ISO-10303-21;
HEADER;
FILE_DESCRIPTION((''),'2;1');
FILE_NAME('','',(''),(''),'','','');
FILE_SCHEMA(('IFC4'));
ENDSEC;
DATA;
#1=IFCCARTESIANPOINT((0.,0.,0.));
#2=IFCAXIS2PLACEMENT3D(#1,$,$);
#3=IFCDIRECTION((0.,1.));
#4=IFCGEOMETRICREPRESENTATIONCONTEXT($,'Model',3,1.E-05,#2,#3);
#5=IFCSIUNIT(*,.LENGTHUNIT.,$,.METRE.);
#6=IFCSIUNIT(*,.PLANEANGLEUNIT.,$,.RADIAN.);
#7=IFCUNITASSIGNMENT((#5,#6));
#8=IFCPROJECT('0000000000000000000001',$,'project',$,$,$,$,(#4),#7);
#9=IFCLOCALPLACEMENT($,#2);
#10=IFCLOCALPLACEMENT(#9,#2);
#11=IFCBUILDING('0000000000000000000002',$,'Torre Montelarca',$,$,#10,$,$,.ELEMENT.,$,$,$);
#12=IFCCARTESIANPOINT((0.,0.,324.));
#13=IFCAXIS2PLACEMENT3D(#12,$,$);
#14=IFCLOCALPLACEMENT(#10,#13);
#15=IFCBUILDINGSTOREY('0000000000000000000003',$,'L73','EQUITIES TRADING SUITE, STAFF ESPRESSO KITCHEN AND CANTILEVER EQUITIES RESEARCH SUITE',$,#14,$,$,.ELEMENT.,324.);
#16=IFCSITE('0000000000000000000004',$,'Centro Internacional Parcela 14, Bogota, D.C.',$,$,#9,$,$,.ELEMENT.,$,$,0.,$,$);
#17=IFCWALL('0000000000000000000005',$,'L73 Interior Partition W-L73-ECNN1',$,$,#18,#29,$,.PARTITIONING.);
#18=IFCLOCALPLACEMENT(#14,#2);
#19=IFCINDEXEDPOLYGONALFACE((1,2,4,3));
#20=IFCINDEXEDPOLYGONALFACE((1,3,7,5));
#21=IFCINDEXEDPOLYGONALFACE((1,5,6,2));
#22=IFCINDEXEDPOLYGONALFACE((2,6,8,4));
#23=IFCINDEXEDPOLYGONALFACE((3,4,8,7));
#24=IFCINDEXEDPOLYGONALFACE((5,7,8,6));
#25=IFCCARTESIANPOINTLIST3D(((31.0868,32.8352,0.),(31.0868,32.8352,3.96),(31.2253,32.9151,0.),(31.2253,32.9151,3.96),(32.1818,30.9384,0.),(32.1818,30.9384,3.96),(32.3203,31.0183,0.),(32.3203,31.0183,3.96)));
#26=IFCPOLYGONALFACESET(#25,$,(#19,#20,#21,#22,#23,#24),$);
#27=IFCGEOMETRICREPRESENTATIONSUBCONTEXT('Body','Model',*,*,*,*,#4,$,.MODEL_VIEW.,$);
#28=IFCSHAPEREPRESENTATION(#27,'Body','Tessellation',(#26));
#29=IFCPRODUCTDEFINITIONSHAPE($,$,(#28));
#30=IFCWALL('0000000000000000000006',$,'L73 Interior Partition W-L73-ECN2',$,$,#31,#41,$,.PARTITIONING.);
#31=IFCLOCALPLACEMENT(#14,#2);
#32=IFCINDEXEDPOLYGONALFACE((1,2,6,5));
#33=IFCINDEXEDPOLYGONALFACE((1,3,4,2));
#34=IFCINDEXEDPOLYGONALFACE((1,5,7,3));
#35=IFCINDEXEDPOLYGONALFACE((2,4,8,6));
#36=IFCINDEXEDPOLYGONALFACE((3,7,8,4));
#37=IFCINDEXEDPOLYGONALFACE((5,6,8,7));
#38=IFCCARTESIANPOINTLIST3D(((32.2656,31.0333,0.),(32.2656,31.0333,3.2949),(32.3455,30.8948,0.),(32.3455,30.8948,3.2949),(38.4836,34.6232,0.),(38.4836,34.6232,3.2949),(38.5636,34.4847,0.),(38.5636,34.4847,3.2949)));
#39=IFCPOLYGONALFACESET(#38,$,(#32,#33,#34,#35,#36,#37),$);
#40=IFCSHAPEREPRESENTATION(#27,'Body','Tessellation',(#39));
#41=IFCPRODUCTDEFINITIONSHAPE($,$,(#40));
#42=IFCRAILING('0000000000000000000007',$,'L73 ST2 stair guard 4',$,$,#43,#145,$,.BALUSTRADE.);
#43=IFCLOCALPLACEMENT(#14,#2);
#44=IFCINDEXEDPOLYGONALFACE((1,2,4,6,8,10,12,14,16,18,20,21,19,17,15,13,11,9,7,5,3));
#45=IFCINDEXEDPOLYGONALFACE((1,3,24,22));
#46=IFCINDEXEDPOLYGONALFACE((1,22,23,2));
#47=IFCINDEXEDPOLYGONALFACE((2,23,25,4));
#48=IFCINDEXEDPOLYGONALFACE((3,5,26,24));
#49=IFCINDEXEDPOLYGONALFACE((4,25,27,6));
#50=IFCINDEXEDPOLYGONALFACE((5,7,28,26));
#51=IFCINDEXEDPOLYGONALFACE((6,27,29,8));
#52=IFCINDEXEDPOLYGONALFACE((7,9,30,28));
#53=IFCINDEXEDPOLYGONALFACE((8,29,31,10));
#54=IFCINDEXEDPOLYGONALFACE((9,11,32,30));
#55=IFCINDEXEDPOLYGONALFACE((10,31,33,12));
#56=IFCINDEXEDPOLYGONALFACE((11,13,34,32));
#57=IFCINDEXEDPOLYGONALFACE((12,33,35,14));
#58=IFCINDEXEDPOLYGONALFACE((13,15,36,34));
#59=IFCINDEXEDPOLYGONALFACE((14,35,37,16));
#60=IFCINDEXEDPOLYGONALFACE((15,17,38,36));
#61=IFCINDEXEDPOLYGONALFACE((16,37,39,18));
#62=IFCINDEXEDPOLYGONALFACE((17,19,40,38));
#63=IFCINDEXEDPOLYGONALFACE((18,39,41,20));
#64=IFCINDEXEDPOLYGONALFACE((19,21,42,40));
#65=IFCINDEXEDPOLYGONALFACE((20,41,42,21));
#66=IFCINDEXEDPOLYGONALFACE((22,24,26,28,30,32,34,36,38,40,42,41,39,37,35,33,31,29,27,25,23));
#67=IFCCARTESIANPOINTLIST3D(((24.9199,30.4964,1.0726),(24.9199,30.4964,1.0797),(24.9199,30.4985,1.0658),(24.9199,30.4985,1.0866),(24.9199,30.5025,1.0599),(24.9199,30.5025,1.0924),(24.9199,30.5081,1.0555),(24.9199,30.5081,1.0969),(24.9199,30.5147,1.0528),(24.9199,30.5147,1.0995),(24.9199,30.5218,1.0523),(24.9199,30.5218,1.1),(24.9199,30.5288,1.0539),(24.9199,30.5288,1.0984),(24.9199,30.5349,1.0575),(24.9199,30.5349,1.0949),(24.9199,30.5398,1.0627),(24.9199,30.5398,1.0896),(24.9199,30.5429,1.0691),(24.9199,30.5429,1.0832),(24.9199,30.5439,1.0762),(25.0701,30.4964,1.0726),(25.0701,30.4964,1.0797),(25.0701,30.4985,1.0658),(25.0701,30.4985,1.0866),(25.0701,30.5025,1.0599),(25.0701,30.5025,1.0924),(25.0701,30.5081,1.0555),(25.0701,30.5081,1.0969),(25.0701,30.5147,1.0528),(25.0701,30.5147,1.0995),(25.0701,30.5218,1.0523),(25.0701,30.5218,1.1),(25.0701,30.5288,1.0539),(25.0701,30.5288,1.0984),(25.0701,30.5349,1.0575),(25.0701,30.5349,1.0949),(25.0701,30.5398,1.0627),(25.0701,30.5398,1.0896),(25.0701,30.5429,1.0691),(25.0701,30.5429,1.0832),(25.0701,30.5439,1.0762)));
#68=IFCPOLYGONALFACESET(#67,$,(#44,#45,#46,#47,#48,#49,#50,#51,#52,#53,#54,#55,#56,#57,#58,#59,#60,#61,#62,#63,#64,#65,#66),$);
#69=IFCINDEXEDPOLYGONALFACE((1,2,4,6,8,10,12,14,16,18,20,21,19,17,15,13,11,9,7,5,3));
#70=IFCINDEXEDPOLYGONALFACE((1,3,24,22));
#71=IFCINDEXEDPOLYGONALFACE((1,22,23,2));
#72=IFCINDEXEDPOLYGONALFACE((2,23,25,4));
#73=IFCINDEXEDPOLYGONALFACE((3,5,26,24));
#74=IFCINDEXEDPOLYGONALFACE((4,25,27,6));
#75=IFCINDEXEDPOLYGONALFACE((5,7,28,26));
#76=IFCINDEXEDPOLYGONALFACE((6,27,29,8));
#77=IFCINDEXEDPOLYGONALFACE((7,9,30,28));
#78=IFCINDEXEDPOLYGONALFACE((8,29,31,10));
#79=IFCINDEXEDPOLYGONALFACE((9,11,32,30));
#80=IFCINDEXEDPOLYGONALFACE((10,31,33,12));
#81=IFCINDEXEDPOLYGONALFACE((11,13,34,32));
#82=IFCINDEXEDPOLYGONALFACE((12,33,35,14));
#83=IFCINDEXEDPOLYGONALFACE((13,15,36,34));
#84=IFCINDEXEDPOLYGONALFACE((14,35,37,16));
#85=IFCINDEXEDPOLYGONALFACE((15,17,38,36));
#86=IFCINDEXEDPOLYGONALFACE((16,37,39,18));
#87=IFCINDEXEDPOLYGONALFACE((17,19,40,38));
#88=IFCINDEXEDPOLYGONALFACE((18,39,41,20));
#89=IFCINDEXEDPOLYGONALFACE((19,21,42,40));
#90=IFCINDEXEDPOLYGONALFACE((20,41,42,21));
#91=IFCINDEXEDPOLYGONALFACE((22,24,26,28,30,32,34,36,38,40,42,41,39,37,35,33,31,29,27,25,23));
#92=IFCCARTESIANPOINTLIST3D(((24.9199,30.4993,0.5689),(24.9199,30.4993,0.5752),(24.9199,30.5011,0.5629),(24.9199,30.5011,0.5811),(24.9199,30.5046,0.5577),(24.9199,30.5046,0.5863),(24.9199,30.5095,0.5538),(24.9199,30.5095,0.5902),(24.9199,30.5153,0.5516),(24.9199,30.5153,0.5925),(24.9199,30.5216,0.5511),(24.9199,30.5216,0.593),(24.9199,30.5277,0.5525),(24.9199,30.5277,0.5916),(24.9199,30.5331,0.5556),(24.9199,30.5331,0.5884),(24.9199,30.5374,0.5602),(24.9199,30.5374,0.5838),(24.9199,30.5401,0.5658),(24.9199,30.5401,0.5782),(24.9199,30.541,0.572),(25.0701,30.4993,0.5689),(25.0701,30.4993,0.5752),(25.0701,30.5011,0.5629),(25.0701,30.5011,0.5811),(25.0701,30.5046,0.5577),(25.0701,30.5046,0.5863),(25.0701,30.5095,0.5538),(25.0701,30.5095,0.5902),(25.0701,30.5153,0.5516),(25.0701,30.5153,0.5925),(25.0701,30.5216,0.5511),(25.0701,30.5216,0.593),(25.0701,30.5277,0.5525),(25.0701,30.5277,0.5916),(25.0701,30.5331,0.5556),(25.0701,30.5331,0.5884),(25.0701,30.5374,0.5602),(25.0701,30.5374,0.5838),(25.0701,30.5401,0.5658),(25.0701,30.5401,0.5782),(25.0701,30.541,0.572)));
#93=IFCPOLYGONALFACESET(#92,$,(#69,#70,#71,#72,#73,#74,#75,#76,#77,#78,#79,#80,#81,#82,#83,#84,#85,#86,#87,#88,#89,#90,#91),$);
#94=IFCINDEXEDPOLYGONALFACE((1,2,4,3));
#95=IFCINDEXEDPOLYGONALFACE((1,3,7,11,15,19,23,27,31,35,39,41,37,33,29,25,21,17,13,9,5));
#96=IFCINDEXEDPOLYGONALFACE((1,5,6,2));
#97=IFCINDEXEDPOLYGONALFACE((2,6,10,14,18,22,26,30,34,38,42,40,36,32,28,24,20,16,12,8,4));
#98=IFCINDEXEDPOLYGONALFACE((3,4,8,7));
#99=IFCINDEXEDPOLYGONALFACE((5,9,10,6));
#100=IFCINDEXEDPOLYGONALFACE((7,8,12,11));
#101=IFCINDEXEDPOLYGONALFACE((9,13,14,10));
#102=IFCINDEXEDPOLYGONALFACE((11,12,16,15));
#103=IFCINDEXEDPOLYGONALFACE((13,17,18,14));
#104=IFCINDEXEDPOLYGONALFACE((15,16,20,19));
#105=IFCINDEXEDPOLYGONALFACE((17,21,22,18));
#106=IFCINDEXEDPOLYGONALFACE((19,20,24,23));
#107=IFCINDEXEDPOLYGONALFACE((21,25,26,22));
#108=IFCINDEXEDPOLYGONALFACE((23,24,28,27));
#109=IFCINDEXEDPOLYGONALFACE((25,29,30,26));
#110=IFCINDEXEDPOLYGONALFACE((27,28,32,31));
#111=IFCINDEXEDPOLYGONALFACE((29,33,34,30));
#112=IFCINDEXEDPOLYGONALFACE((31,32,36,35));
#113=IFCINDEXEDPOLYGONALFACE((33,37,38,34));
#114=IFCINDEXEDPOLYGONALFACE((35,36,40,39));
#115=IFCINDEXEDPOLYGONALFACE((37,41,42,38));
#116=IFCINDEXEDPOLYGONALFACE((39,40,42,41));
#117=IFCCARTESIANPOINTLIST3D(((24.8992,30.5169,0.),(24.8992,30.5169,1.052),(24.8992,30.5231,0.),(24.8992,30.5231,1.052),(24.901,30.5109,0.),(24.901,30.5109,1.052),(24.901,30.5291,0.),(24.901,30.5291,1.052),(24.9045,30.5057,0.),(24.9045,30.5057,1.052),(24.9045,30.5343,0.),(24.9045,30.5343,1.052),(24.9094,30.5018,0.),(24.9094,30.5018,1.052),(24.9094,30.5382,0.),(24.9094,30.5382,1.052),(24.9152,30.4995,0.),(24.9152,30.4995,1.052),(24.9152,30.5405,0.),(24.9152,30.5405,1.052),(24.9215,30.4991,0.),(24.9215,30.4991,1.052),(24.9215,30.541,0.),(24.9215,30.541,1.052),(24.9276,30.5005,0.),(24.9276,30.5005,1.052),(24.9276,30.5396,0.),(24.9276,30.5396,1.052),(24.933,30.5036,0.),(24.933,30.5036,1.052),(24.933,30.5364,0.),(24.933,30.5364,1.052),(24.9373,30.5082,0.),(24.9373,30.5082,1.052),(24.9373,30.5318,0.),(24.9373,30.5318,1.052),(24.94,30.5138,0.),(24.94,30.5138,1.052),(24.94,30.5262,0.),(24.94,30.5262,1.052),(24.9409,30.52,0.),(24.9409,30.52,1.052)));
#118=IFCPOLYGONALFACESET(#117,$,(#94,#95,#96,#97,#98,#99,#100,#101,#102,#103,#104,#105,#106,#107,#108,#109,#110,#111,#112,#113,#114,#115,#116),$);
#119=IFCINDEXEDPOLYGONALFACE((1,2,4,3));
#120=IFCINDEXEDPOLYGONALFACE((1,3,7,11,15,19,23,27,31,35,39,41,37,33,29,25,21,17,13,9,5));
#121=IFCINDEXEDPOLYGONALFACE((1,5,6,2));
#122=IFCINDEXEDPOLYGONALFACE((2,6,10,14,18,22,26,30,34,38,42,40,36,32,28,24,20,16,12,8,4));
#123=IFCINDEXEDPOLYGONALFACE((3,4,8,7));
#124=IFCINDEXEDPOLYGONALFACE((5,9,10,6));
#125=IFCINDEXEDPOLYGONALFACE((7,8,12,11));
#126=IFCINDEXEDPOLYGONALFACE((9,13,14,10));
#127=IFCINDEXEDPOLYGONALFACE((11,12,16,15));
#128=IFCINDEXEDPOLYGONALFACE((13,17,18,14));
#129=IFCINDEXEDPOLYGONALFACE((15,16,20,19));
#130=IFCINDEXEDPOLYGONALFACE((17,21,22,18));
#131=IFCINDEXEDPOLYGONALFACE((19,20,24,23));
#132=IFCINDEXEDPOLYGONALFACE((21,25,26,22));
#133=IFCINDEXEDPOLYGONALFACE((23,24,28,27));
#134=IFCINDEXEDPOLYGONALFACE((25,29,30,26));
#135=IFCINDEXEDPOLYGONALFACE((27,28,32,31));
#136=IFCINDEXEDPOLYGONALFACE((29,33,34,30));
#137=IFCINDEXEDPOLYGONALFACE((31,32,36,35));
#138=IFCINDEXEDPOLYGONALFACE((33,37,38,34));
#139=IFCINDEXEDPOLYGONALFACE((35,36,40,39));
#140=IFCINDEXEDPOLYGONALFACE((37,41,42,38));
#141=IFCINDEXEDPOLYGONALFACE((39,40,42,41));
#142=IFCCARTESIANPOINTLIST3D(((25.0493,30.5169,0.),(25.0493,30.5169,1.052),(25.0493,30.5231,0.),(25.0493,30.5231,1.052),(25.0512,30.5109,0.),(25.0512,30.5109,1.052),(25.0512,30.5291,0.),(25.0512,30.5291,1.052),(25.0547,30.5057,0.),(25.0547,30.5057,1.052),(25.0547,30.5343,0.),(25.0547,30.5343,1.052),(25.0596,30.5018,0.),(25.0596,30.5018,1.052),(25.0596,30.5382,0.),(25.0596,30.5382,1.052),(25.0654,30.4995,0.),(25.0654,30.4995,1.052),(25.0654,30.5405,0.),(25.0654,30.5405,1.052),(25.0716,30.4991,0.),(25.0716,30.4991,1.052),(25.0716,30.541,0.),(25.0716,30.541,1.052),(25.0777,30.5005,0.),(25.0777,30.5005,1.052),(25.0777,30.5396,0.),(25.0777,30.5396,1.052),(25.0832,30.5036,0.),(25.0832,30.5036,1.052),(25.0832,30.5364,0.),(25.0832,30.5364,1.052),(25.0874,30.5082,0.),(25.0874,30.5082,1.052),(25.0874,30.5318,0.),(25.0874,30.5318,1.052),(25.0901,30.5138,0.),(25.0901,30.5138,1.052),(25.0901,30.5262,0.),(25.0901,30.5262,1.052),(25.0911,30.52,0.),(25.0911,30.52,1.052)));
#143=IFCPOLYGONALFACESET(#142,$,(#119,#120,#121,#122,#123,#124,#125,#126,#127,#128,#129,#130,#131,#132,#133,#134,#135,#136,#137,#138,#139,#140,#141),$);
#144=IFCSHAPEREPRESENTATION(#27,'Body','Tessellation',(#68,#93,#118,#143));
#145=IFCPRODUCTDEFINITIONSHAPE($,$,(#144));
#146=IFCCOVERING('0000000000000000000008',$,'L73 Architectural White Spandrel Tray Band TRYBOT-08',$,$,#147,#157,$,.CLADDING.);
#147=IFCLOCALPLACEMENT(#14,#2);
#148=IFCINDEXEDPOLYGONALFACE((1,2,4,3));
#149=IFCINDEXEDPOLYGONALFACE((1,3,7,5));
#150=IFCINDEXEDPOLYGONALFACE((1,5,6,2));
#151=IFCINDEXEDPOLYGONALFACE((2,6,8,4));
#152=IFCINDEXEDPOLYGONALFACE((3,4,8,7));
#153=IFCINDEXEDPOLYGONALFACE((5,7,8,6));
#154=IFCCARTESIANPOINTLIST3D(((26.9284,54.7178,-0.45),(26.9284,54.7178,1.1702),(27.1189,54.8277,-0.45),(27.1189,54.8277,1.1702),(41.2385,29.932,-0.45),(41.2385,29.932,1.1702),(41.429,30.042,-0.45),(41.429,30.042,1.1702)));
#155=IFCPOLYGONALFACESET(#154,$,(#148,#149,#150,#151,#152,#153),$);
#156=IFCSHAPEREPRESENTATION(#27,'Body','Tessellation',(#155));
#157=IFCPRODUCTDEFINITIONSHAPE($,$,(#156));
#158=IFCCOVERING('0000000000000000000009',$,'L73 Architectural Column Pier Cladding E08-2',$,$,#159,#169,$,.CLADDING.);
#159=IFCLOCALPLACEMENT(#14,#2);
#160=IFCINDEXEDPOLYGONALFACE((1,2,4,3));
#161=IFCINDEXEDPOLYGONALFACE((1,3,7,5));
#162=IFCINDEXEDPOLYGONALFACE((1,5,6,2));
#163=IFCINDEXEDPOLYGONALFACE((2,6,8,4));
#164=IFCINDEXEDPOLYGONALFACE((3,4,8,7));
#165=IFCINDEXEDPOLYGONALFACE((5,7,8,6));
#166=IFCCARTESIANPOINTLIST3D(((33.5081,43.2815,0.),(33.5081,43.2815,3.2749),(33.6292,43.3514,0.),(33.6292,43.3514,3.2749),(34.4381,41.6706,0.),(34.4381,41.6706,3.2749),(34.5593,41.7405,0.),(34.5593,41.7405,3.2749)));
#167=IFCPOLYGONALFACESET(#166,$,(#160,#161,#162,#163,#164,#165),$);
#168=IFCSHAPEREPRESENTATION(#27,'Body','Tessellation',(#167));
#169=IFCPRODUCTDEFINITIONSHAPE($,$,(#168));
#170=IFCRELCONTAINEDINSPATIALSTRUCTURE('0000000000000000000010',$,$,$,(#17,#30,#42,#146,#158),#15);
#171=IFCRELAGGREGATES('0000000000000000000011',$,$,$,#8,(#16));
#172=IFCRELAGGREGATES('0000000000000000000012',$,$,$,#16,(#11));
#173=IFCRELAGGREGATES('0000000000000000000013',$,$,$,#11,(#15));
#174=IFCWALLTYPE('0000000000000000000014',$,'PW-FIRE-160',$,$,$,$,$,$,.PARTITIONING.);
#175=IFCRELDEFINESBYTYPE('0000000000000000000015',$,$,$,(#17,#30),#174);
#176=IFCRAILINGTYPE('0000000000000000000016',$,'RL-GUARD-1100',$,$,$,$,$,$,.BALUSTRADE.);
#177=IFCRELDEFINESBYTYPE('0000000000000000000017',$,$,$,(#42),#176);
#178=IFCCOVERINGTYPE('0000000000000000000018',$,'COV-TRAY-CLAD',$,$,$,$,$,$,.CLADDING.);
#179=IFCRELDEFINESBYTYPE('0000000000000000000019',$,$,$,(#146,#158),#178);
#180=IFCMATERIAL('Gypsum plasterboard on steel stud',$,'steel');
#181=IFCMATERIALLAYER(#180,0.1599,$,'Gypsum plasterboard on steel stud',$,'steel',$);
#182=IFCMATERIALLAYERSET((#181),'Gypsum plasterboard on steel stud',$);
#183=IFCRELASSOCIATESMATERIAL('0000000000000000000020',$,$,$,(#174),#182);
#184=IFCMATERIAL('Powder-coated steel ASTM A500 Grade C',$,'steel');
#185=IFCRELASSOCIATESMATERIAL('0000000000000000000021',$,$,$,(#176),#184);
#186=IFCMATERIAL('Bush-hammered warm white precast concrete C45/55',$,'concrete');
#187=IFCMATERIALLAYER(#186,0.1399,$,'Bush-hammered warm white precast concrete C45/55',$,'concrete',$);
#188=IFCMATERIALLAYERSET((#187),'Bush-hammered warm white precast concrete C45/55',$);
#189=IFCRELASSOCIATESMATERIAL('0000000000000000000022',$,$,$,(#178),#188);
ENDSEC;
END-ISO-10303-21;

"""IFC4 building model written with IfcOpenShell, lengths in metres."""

from ifc_helpers import new_model, si_unit, direction, frame, frame_2d, origin, origin_2d, place, context, subcontext, project, spatial, rectangle, circle, extrude, source, transform, mapped, material, layer, layer_set, type_object, element, save


model = new_model("IFC4")

# Units and contexts
model_context = context("Model", 3, precision=1e-05, world=origin(), true_north=direction((0.0, 1.0)))
body_context = subcontext(model_context, "Body", "Model", "MODEL_VIEW")
ifc_project = project(units=[si_unit("LENGTHUNIT", "METRE"), si_unit("PLANEANGLEUNIT", "RADIAN")], contexts=[model_context])

# Site, building, storey
site_placement = place(None, origin())
site = spatial("IfcSite", under=ifc_project, at=site_placement, Name="Centro Internacional Parcela 14, Bogota, D.C.", CompositionType="ELEMENT", RefElevation=0.0)
building_placement = place(site_placement, origin())
building = spatial("IfcBuilding", under=site, at=building_placement, Name="Torre Montelarca", CompositionType="ELEMENT")
storey_placement = place(building_placement, frame((0.0, 0.0, 324.0)))
storey = spatial("IfcBuildingStorey", under=building, at=storey_placement, Name="L73", Description="EQUITIES TRADING SUITE, STAFF ESPRESSO KITCHEN AND CANTILEVER EQUITIES RESEARCH SUITE", CompositionType="ELEMENT", Elevation=324.0)

# Walls
ifc_material_1 = material(Name="Gypsum plasterboard on steel stud", Category="steel")
ifc_layer_1 = layer(ifc_material_1, 0.1599, Name="Gypsum plasterboard on steel stud", Category="steel")
ifc_layer_set_1 = layer_set([ifc_layer_1], Name="Gypsum plasterboard on steel stud")
wall_type_1 = type_object("IfcWallType", Name="PW-FIRE-160", PredefinedType="PARTITIONING", material=ifc_layer_set_1)
wall_1_placement = place(storey_placement, frame((31.156, 32.8752, 0.0), z_axis=(0.0, 0.0, 1.0), x_axis=(0.499964, -0.866046, 0.0)))
element("IfcWall", 1, at=wall_1_placement, inside=storey, type_object=wall_type_1, Name="L73 Interior Partition W-L73-ECNN1", PredefinedType="PARTITIONING", context=body_context, shape_type="SweptSolid", body=[
    extrude(rectangle(XDim=2.1902, YDim=0.1599, at=frame_2d((1.0952, 0.0))), origin(), (0.0, 0.0, 1.0), 3.96),
])
wall_2_placement = place(storey_placement, frame((32.3057, 30.9641, 0.0), z_axis=(0.0, 0.0, 1.0), x_axis=(0.866033, 0.499986, 0.0)))
element("IfcWall", 2, at=wall_2_placement, inside=storey, type_object=wall_type_1, Name="L73 Interior Partition W-L73-ECN2", PredefinedType="PARTITIONING", context=body_context, shape_type="SweptSolid", body=[
    extrude(rectangle(XDim=7.1799, YDim=0.1599, at=frame_2d((3.5898, 0.0))), origin(), (0.0, 0.0, 1.0), 3.2949),
])

# Railing
ifc_material_2 = material(Name="Powder-coated steel ASTM A500 Grade C", Category="steel")
railing_type = type_object("IfcRailingType", Name="RL-GUARD-1100", PredefinedType="BALUSTRADE", material=ifc_material_2)
railing_placement = place(storey_placement, frame((24.9199, 30.52, 0.0)))
element("IfcRailing", 3, at=railing_placement, inside=storey, type_object=railing_type, Name="L73 ST2 stair guard 4", PredefinedType="BALUSTRADE", context=body_context, shape_type="SweptSolid", body=[
    extrude(circle(Radius=0.0239, at=origin_2d()), frame((0.0, 0.0, 1.0762), z_axis=(1.0, 0.0, 0.0), x_axis=(0.0, 1.0, 0.0)), (0.0, 0.0, 1.0), 0.1501),
    extrude(circle(Radius=0.021, at=origin_2d()), frame((0.0, 0.0, 0.572), z_axis=(1.0, 0.0, 0.0), x_axis=(0.0, 1.0, 0.0)), (0.0, 0.0, 1.0), 0.1501),
    extrude(circle(Radius=0.021, at=origin_2d()), origin(), (0.0, 0.0, 1.0), 1.052),
    extrude(circle(Radius=0.021, at=origin_2d()), frame((0.1501, 0.0, 0.0)), (0.0, 0.0, 1.0), 1.052),
])

# Coverings
ifc_material_3 = material(Name="Bush-hammered warm white precast concrete C45/55", Category="concrete")
ifc_layer_2 = layer(ifc_material_3, 0.1399, Name="Bush-hammered warm white precast concrete C45/55", Category="concrete")
ifc_layer_set_2 = layer_set([ifc_layer_2], Name="Bush-hammered warm white precast concrete C45/55")
covering_type = type_object("IfcCoveringType", Name="COV-TRAY-CLAD", PredefinedType="CLADDING", material=ifc_layer_set_2)
shared_shape_1 = source(origin(), body_context, "Body", "SweptSolid", [
    extrude(rectangle(XDim=28.6201, YDim=0.22, at=origin_2d()), origin(), (0.0, 0.0, 1.0), 1.6201),
])
covering_1_placement = place(storey_placement, frame((34.1787, 42.3799, -0.45), z_axis=(0.0, 0.0, 1.0), x_axis=(-0.5, 0.866025, 0.0)))
element("IfcCovering", 4, at=covering_1_placement, inside=storey, type_object=covering_type, Name="L73 Architectural White Spandrel Tray Band TRYBOT-08", PredefinedType="CLADDING", context=body_context, shape_type="MappedRepresentation", body=[
    mapped(shared_shape_1, transform((0.0, 0.0, 0.0), scale=1.0)),
])
shared_shape_2 = source(origin(), body_context, "Body", "SweptSolid", [
    extrude(rectangle(XDim=1.8601, YDim=0.1399, at=origin_2d()), origin(), (0.0, 0.0, 1.0), 3.2749),
])
covering_2_placement = place(storey_placement, frame((34.0337, 42.511, 0.0), z_axis=(0.0, 0.0, 1.0), x_axis=(-0.500002, 0.866025, 0.0)))
element("IfcCovering", 5, at=covering_2_placement, inside=storey, type_object=covering_type, Name="L73 Architectural Column Pier Cladding E08-2", PredefinedType="CLADDING", context=body_context, shape_type="MappedRepresentation", body=[
    mapped(shared_shape_2, transform((0.0, 0.0, 0.0), scale=1.0)),
])

save(model, "model.ifc")
